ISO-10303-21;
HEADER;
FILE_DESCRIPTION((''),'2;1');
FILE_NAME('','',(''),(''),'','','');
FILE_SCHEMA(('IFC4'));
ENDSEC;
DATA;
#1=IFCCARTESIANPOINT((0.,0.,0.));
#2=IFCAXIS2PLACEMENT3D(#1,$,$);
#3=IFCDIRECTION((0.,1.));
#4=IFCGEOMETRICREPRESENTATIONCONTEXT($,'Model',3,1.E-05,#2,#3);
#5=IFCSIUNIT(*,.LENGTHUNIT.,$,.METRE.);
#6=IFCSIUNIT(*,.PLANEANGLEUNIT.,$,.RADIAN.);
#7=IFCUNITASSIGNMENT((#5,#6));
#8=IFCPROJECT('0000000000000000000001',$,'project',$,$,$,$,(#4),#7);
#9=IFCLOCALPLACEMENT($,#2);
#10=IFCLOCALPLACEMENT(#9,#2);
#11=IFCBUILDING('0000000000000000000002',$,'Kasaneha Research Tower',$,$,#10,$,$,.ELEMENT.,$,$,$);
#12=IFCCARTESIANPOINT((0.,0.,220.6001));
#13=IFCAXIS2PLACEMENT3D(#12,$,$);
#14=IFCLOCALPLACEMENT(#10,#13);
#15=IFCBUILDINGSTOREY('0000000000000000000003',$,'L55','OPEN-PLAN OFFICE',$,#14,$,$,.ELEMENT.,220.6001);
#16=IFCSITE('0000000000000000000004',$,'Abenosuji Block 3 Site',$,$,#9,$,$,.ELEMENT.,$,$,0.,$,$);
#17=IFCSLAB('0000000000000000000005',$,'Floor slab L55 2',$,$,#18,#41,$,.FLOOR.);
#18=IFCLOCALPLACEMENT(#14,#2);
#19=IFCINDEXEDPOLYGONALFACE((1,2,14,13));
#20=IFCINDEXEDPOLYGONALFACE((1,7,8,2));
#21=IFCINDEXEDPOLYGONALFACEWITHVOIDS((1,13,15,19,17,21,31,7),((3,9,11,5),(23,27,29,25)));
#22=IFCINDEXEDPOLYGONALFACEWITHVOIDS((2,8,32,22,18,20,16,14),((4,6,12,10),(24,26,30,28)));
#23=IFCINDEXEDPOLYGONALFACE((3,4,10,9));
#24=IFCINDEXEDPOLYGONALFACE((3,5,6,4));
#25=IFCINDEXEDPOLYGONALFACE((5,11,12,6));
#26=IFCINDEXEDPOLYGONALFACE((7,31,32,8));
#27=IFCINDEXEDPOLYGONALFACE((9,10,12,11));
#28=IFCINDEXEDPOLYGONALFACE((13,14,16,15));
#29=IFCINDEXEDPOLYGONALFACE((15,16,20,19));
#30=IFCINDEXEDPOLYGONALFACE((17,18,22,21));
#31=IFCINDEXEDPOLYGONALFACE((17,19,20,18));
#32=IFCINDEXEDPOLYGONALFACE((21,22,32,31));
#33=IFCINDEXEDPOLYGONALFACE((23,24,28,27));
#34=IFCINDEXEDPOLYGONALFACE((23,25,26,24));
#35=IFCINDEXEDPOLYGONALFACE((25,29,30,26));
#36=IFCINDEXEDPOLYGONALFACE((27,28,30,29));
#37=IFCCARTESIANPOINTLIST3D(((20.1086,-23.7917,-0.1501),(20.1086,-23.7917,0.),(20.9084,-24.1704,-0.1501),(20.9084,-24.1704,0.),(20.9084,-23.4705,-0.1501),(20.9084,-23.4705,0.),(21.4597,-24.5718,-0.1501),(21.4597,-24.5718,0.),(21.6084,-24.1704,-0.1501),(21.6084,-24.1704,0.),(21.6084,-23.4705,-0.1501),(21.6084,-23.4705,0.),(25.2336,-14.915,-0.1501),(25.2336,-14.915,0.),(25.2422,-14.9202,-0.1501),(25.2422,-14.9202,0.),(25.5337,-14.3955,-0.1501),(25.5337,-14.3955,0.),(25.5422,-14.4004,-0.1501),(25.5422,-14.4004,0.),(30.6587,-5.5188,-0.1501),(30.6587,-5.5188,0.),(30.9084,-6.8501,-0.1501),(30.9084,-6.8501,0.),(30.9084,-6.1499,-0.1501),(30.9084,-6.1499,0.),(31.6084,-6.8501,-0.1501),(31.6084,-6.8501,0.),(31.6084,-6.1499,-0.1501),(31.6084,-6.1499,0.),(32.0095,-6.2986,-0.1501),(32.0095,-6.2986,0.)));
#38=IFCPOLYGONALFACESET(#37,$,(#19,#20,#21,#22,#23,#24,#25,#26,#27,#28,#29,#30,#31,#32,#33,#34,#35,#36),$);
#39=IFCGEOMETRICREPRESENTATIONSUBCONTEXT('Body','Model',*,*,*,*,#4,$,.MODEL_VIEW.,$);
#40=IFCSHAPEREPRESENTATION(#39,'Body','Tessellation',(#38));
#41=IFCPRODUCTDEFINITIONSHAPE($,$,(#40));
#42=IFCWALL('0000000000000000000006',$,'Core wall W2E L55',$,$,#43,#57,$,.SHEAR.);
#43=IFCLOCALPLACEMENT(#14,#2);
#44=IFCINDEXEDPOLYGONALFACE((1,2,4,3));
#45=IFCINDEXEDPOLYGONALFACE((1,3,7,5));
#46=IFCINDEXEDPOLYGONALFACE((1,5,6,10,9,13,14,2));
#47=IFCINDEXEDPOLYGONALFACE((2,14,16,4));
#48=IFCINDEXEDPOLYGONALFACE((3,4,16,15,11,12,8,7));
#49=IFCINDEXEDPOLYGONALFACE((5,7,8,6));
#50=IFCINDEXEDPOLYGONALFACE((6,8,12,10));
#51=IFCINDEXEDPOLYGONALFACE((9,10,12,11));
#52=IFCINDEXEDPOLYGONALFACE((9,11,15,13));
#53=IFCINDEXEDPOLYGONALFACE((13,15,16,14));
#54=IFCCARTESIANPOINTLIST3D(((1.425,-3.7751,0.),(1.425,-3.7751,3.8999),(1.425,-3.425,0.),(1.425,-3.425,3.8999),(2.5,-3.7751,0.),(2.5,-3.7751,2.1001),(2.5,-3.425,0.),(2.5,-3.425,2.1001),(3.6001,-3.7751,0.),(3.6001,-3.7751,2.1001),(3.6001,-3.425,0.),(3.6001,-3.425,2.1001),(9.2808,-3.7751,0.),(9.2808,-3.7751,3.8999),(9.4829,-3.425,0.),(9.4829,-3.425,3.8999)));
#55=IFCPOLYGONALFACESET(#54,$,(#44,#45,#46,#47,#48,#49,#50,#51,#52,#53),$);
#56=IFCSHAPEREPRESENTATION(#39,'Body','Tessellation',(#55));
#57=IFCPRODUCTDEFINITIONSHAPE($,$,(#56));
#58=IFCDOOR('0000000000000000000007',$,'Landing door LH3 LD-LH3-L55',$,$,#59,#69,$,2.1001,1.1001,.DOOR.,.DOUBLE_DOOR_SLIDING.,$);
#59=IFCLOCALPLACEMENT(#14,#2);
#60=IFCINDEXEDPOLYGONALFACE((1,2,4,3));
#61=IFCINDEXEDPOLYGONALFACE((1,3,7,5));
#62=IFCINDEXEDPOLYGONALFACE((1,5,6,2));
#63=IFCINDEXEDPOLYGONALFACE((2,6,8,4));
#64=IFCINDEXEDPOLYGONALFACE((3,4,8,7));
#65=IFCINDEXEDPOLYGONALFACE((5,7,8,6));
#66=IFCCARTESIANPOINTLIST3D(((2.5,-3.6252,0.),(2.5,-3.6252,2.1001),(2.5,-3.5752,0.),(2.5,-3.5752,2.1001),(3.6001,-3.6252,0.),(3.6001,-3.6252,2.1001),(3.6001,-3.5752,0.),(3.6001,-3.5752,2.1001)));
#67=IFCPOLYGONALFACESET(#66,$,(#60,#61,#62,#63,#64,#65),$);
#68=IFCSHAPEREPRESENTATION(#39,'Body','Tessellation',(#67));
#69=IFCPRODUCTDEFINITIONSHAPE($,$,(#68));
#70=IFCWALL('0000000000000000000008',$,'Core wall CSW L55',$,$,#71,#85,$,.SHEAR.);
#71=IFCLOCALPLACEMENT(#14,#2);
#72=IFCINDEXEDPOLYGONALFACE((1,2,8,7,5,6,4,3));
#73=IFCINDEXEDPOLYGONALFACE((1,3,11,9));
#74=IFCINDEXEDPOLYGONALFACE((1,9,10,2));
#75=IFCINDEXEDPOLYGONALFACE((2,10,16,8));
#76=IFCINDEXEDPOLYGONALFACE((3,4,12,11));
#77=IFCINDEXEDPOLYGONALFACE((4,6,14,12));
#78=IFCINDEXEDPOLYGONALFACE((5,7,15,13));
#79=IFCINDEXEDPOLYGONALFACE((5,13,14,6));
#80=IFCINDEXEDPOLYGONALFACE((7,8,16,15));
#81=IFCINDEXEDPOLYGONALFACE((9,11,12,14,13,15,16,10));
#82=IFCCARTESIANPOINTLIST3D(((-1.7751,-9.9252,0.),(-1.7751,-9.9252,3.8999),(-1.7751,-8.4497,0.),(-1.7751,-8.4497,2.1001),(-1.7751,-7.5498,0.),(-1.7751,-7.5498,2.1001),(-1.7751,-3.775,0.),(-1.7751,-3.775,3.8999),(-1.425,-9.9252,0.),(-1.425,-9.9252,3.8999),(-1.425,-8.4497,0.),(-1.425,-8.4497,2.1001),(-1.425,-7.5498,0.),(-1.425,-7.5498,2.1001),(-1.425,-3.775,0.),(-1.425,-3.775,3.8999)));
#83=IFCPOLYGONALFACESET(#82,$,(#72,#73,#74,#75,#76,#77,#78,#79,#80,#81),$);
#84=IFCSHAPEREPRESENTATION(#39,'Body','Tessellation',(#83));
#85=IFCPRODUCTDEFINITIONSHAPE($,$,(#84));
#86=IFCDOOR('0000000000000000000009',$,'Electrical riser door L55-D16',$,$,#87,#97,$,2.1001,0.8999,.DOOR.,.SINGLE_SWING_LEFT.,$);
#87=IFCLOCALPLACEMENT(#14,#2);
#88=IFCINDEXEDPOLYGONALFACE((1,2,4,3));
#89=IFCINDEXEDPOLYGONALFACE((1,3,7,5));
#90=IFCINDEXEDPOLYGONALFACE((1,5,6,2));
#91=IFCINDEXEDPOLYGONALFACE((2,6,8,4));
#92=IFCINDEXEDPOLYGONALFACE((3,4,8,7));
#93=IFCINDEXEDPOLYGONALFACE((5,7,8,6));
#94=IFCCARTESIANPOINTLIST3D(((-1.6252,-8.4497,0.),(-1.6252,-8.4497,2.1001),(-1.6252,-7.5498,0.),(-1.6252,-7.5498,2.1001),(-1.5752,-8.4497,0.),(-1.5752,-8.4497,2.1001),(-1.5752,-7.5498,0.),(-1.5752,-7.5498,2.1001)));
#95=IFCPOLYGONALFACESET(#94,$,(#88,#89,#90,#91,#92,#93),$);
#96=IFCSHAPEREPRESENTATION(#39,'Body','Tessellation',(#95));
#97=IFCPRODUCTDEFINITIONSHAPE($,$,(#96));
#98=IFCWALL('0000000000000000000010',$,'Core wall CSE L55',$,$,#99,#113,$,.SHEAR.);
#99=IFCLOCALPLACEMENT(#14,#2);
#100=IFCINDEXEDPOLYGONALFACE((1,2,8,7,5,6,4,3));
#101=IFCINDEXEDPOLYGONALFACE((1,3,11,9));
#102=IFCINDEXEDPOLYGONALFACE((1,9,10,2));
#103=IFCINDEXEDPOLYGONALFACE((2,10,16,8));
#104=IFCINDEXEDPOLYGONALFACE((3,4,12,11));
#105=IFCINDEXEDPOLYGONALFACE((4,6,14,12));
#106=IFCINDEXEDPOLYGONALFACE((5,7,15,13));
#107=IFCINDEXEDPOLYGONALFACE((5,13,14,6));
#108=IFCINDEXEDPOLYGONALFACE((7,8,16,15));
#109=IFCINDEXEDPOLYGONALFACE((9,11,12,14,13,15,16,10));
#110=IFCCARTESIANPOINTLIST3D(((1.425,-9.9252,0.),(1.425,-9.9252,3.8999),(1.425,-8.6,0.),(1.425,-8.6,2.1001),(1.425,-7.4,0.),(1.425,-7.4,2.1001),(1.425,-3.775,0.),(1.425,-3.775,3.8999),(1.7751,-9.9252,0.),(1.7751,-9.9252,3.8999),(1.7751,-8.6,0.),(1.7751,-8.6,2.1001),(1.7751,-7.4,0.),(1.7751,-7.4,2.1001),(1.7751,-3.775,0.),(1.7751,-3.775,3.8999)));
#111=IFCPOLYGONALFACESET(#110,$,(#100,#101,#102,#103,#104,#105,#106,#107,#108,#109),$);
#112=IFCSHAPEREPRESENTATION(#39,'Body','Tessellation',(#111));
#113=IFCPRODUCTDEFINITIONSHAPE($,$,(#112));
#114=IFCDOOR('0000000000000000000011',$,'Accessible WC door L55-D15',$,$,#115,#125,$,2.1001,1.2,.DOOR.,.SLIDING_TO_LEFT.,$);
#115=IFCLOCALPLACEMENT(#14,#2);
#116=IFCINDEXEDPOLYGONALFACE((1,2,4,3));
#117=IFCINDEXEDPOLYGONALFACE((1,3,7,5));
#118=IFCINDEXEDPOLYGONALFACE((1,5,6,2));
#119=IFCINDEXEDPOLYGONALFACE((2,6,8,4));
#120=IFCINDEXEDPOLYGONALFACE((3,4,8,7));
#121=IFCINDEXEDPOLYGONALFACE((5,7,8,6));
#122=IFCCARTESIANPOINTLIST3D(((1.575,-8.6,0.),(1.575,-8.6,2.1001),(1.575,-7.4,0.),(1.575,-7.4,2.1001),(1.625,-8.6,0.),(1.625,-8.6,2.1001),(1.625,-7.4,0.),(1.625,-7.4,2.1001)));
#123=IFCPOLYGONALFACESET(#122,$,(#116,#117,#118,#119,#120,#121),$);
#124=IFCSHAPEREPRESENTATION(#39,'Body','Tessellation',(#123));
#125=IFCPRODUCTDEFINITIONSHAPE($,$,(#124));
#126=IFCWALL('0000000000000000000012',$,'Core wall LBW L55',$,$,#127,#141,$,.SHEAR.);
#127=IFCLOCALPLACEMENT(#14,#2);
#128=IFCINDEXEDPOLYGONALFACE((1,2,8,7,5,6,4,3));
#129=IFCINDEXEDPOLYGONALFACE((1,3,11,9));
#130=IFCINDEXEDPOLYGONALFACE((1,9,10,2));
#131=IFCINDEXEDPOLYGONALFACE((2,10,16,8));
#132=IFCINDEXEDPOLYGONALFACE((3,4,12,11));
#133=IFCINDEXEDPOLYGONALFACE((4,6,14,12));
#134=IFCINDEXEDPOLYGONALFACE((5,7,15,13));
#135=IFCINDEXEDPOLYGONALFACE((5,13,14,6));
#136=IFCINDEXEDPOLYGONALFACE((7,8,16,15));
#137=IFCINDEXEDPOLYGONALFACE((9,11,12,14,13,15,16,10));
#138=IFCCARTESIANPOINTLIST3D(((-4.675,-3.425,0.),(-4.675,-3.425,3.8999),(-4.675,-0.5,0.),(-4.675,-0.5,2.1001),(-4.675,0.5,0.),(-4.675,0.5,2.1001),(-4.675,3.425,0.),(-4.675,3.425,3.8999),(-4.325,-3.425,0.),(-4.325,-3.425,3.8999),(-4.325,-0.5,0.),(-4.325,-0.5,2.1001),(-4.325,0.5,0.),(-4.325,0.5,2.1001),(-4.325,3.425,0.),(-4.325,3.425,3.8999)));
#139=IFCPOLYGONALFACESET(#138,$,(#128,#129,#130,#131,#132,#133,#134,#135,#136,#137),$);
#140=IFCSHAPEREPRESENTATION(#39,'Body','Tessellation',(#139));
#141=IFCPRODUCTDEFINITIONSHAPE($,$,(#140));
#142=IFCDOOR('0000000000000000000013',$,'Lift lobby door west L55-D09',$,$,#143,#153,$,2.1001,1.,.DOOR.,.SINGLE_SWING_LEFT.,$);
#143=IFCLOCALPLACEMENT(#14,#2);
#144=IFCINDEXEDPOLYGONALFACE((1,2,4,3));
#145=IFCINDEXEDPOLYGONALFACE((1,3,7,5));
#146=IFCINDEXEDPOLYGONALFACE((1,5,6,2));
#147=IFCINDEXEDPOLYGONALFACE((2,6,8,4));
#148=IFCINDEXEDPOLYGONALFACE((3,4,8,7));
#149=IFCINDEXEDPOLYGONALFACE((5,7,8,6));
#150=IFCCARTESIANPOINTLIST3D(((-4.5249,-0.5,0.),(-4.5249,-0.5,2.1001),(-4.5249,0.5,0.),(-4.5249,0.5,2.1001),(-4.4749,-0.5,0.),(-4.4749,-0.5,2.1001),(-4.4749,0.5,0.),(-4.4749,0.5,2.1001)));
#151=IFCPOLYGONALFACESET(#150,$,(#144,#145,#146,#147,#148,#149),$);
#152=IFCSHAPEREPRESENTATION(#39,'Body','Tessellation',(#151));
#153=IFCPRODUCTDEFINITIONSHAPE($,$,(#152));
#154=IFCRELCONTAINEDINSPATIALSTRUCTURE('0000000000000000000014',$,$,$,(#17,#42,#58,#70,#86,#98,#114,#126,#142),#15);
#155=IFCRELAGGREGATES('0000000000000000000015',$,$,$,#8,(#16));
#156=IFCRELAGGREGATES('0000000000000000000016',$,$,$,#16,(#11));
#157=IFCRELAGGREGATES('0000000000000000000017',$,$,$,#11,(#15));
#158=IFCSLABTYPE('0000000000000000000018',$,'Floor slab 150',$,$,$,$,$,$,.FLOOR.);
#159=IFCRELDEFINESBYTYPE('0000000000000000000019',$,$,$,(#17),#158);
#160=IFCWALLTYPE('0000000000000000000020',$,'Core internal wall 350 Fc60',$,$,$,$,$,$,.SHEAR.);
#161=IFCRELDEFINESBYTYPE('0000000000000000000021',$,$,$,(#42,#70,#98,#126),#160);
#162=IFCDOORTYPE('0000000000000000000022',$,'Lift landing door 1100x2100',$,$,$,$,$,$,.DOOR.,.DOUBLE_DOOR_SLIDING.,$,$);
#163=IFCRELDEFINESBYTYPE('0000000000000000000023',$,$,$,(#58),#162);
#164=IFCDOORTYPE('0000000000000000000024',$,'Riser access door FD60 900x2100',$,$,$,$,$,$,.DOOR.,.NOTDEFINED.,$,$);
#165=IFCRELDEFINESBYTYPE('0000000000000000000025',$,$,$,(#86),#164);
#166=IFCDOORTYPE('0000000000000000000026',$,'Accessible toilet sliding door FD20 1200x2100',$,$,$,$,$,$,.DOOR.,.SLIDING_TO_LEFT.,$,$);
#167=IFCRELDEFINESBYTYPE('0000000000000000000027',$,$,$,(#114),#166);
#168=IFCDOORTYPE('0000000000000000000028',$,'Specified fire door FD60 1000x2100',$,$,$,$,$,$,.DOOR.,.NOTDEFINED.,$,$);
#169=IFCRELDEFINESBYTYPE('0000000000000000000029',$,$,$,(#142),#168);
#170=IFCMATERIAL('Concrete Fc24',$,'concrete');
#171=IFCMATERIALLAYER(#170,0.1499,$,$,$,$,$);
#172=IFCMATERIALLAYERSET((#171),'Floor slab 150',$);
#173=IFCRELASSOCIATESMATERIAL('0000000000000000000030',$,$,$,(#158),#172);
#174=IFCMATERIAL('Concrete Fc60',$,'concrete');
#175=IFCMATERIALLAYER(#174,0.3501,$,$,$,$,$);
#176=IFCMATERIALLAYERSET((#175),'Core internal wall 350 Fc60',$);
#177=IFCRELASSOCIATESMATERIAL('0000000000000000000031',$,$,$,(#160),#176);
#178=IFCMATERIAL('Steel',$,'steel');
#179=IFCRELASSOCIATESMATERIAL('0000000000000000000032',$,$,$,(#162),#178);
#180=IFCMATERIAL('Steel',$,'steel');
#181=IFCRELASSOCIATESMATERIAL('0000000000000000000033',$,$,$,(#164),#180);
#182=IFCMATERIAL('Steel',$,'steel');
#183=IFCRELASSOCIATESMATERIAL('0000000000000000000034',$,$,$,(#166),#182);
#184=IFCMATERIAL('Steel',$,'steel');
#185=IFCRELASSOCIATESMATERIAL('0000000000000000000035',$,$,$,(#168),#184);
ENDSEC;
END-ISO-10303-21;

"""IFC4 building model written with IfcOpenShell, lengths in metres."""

from ifc_helpers import new_model, si_unit, direction, frame, frame_2d, origin, place, context, subcontext, project, spatial, polyline, rectangle, outline, extrude, material, layer, layer_set, type_object, element, fill, save


model = new_model("IFC4")

# Units and contexts
model_context = context("Model", 3, precision=1e-05, world=origin(), true_north=direction((0.0, 1.0)))
body_context = subcontext(model_context, "Body", "Model", "MODEL_VIEW")
ifc_project = project(units=[si_unit("LENGTHUNIT", "METRE"), si_unit("PLANEANGLEUNIT", "RADIAN")], contexts=[model_context])

# Site, building, storey
site_placement = place(None, origin())
site = spatial("IfcSite", under=ifc_project, at=site_placement, Name="Abenosuji Block 3 Site", CompositionType="ELEMENT", RefElevation=0.0)
building_placement = place(site_placement, origin())
building = spatial("IfcBuilding", under=site, at=building_placement, Name="Kasaneha Research Tower", CompositionType="ELEMENT")
storey_placement = place(building_placement, frame((0.0, 0.0, 220.6001)))
storey = spatial("IfcBuildingStorey", under=building, at=storey_placement, Name="L55", Description="OPEN-PLAN OFFICE", CompositionType="ELEMENT", Elevation=220.6001)

# Slab
ifc_material_1 = material(Name="Concrete Fc24", Category="concrete")
ifc_layer_1 = layer(ifc_material_1, 0.1499)
ifc_layer_set_1 = layer_set([ifc_layer_1], Name="Floor slab 150")
slab_type_1 = type_object("IfcSlabType", Name="Floor slab 150", PredefinedType="FLOOR", material=ifc_layer_set_1)
slab_1_placement = place(storey_placement, frame((0.0, 0.0, -0.1501)))
element("IfcSlab", 1, at=slab_1_placement, inside=storey, type_object=slab_type_1, Name="Floor slab L55 2", PredefinedType="FLOOR", context=body_context, shape_type="SweptSolid", body=[
    extrude(outline(polyline([(32.0095, -6.2986), (21.4597, -24.5718), (20.1086, -23.7917), (25.2336, -14.915), (25.2422, -14.9202), (25.5422, -14.4004), (25.5337, -14.3955), (30.6587, -5.5188), (32.0095, -6.2986)]), holes=[polyline([(20.9084, -24.1704), (21.6084, -24.1704), (21.6084, -23.4705), (20.9084, -23.4705), (20.9084, -24.1704)]), polyline([(30.9084, -6.8501), (31.6084, -6.8501), (31.6084, -6.1499), (30.9084, -6.1499), (30.9084, -6.8501)])]), origin(), (0.0, 0.0, 1.0), 0.1501),
])

# Walls, openings, doors
ifc_material_2 = material(Name="Concrete Fc60", Category="concrete")
ifc_layer_2 = layer(ifc_material_2, 0.3501)
ifc_layer_set_2 = layer_set([ifc_layer_2], Name="Core internal wall 350 Fc60")
wall_type = type_object("IfcWallType", Name="Core internal wall 350 Fc60", PredefinedType="SHEAR", material=ifc_layer_set_2)
wall_1_placement = place(storey_placement, frame((1.425, -3.6001, 0.0), z_axis=(0.0, 0.0, 1.0), x_axis=(1.0, 0.0, 0.0)))
wall_1 = element("IfcWall", 2, at=wall_1_placement, inside=storey, type_object=wall_type, Name="Core wall W2E L55", PredefinedType="SHEAR", context=body_context, shape_type="SweptSolid", body=[
    extrude(outline(polyline([(0.0, -0.175), (1.075, -0.175), (2.175, -0.175), (7.8557, -0.175), (8.0579, 0.175), (2.175, 0.175), (1.075, 0.175), (0.0, 0.175), (0.0, -0.175)])), origin(), (0.0, 0.0, 1.0), 3.8999),
])
opening_1_placement = place(wall_1_placement, frame((1.075, 0.0, 0.0)))
opening_1 = element("IfcOpeningElement", 3, at=opening_1_placement, cuts=wall_1, PredefinedType="OPENING", context=body_context, shape_type="SweptSolid", body=[
    extrude(rectangle(XDim=1.1001, YDim=2.1001, at=frame_2d((0.55, 1.05))), frame((0.0, 0.1851, 0.0), z_axis=(0.0, -1.0, 0.0), x_axis=(1.0, 0.0, 0.0)), (0.0, 0.0, 1.0), 0.3701),
])
ifc_material_3 = material(Name="Steel", Category="steel")
door_type_1 = type_object("IfcDoorType", Name="Lift landing door 1100x2100", OperationType="DOUBLE_DOOR_SLIDING", PredefinedType="DOOR", material=ifc_material_3)
door_1_placement = place(opening_1_placement, origin())
door_1 = element("IfcDoor", 4, at=door_1_placement, inside=storey, type_object=door_type_1, Name="Landing door LH3 LD-LH3-L55", OperationType="DOUBLE_DOOR_SLIDING", OverallHeight=2.1001, OverallWidth=1.1001, PredefinedType="DOOR", context=body_context, shape_type="SweptSolid", body=[
    extrude(rectangle(XDim=1.1001, YDim=2.1001, at=frame_2d((0.55, 1.05))), frame((0.0, 0.0249, 0.0), z_axis=(0.0, -1.0, 0.0), x_axis=(1.0, 0.0, 0.0)), (0.0, 0.0, 1.0), 0.05),
])
fill(opening_1, door_1)
wall_2_placement = place(storey_placement, frame((-1.6001, -3.7749, 0.0), z_axis=(0.0, 0.0, 1.0), x_axis=(0.0, -1.0, 0.0)))
wall_2 = element("IfcWall", 5, at=wall_2_placement, inside=storey, type_object=wall_type, Name="Core wall CSW L55", PredefinedType="SHEAR", context=body_context, shape_type="SweptSolid", body=[
    extrude(rectangle(XDim=6.1501, YDim=0.3501, at=frame_2d((3.0752, 0.0))), origin(), (0.0, 0.0, 1.0), 3.8999),
])
opening_2_placement = place(wall_2_placement, frame((3.7749, 0.0, 0.0)))
opening_2 = element("IfcOpeningElement", 6, at=opening_2_placement, cuts=wall_2, PredefinedType="OPENING", context=body_context, shape_type="SweptSolid", body=[
    extrude(rectangle(XDim=0.8999, YDim=2.1001, at=frame_2d((0.45, 1.05))), frame((0.0, 0.1851, 0.0), z_axis=(0.0, -1.0, 0.0), x_axis=(1.0, 0.0, 0.0)), (0.0, 0.0, 1.0), 0.3701),
])
ifc_material_4 = material(Name="Steel", Category="steel")
door_type_2 = type_object("IfcDoorType", Name="Riser access door FD60 900x2100", OperationType="NOTDEFINED", PredefinedType="DOOR", material=ifc_material_4)
door_2_placement = place(opening_2_placement, origin())
door_2 = element("IfcDoor", 7, at=door_2_placement, inside=storey, type_object=door_type_2, Name="Electrical riser door L55-D16", OperationType="SINGLE_SWING_LEFT", OverallHeight=2.1001, OverallWidth=0.8999, PredefinedType="DOOR", context=body_context, shape_type="SweptSolid", body=[
    extrude(rectangle(XDim=0.8999, YDim=2.1001, at=frame_2d((0.45, 1.05))), frame((0.0, 0.0249, 0.0), z_axis=(0.0, -1.0, 0.0), x_axis=(1.0, 0.0, 0.0)), (0.0, 0.0, 1.0), 0.05),
])
fill(opening_2, door_2)
wall_3_placement = place(storey_placement, frame((1.6001, -3.7749, 0.0), z_axis=(0.0, 0.0, 1.0), x_axis=(0.0, -1.0, 0.0)))
wall_3 = element("IfcWall", 8, at=wall_3_placement, inside=storey, type_object=wall_type, Name="Core wall CSE L55", PredefinedType="SHEAR", context=body_context, shape_type="SweptSolid", body=[
    extrude(rectangle(XDim=6.1501, YDim=0.3501, at=frame_2d((3.0752, 0.0))), origin(), (0.0, 0.0, 1.0), 3.8999),
])
opening_3_placement = place(wall_3_placement, frame((3.625, 0.0, 0.0)))
opening_3 = element("IfcOpeningElement", 9, at=opening_3_placement, cuts=wall_3, PredefinedType="OPENING", context=body_context, shape_type="SweptSolid", body=[
    extrude(rectangle(XDim=1.2, YDim=2.1001, at=frame_2d((0.6001, 1.05))), frame((0.0, 0.1851, 0.0), z_axis=(0.0, -1.0, 0.0), x_axis=(1.0, 0.0, 0.0)), (0.0, 0.0, 1.0), 0.3701),
])
ifc_material_5 = material(Name="Steel", Category="steel")
door_type_3 = type_object("IfcDoorType", Name="Accessible toilet sliding door FD20 1200x2100", OperationType="SLIDING_TO_LEFT", PredefinedType="DOOR", material=ifc_material_5)
door_3_placement = place(opening_3_placement, origin())
door_3 = element("IfcDoor", 10, at=door_3_placement, inside=storey, type_object=door_type_3, Name="Accessible WC door L55-D15", OperationType="SLIDING_TO_LEFT", OverallHeight=2.1001, OverallWidth=1.2, PredefinedType="DOOR", context=body_context, shape_type="SweptSolid", body=[
    extrude(rectangle(XDim=1.2, YDim=2.1001, at=frame_2d((0.6001, 1.05))), frame((0.0, 0.0249, 0.0), z_axis=(0.0, -1.0, 0.0), x_axis=(1.0, 0.0, 0.0)), (0.0, 0.0, 1.0), 0.05),
])
fill(opening_3, door_3)
wall_4_placement = place(storey_placement, frame((-4.5, -3.425, 0.0), z_axis=(0.0, 0.0, 1.0), x_axis=(0.0, 1.0, 0.0)))
wall_4 = element("IfcWall", 11, at=wall_4_placement, inside=storey, type_object=wall_type, Name="Core wall LBW L55", PredefinedType="SHEAR", context=body_context, shape_type="SweptSolid", body=[
    extrude(rectangle(XDim=6.8501, YDim=0.3501, at=frame_2d((3.425, 0.0))), origin(), (0.0, 0.0, 1.0), 3.8999),
])
opening_4_placement = place(wall_4_placement, frame((2.925, 0.0, 0.0)))
opening_4 = element("IfcOpeningElement", 12, at=opening_4_placement, cuts=wall_4, PredefinedType="OPENING", context=body_context, shape_type="SweptSolid", body=[
    extrude(rectangle(XDim=1.0, YDim=2.1001, at=frame_2d((0.5, 1.05))), frame((0.0, 0.1851, 0.0), z_axis=(0.0, -1.0, 0.0), x_axis=(1.0, 0.0, 0.0)), (0.0, 0.0, 1.0), 0.3701),
])
ifc_material_6 = material(Name="Steel", Category="steel")
door_type_4 = type_object("IfcDoorType", Name="Specified fire door FD60 1000x2100", OperationType="NOTDEFINED", PredefinedType="DOOR", material=ifc_material_6)
door_4_placement = place(opening_4_placement, origin())
door_4 = element("IfcDoor", 13, at=door_4_placement, inside=storey, type_object=door_type_4, Name="Lift lobby door west L55-D09", OperationType="SINGLE_SWING_LEFT", OverallHeight=2.1001, OverallWidth=1.0, PredefinedType="DOOR", context=body_context, shape_type="SweptSolid", body=[
    extrude(rectangle(XDim=1.0, YDim=2.1001, at=frame_2d((0.5, 1.05))), frame((0.0, 0.0249, 0.0), z_axis=(0.0, -1.0, 0.0), x_axis=(1.0, 0.0, 0.0)), (0.0, 0.0, 1.0), 0.05),
])
fill(opening_4, door_4)

save(model, "model.ifc")
